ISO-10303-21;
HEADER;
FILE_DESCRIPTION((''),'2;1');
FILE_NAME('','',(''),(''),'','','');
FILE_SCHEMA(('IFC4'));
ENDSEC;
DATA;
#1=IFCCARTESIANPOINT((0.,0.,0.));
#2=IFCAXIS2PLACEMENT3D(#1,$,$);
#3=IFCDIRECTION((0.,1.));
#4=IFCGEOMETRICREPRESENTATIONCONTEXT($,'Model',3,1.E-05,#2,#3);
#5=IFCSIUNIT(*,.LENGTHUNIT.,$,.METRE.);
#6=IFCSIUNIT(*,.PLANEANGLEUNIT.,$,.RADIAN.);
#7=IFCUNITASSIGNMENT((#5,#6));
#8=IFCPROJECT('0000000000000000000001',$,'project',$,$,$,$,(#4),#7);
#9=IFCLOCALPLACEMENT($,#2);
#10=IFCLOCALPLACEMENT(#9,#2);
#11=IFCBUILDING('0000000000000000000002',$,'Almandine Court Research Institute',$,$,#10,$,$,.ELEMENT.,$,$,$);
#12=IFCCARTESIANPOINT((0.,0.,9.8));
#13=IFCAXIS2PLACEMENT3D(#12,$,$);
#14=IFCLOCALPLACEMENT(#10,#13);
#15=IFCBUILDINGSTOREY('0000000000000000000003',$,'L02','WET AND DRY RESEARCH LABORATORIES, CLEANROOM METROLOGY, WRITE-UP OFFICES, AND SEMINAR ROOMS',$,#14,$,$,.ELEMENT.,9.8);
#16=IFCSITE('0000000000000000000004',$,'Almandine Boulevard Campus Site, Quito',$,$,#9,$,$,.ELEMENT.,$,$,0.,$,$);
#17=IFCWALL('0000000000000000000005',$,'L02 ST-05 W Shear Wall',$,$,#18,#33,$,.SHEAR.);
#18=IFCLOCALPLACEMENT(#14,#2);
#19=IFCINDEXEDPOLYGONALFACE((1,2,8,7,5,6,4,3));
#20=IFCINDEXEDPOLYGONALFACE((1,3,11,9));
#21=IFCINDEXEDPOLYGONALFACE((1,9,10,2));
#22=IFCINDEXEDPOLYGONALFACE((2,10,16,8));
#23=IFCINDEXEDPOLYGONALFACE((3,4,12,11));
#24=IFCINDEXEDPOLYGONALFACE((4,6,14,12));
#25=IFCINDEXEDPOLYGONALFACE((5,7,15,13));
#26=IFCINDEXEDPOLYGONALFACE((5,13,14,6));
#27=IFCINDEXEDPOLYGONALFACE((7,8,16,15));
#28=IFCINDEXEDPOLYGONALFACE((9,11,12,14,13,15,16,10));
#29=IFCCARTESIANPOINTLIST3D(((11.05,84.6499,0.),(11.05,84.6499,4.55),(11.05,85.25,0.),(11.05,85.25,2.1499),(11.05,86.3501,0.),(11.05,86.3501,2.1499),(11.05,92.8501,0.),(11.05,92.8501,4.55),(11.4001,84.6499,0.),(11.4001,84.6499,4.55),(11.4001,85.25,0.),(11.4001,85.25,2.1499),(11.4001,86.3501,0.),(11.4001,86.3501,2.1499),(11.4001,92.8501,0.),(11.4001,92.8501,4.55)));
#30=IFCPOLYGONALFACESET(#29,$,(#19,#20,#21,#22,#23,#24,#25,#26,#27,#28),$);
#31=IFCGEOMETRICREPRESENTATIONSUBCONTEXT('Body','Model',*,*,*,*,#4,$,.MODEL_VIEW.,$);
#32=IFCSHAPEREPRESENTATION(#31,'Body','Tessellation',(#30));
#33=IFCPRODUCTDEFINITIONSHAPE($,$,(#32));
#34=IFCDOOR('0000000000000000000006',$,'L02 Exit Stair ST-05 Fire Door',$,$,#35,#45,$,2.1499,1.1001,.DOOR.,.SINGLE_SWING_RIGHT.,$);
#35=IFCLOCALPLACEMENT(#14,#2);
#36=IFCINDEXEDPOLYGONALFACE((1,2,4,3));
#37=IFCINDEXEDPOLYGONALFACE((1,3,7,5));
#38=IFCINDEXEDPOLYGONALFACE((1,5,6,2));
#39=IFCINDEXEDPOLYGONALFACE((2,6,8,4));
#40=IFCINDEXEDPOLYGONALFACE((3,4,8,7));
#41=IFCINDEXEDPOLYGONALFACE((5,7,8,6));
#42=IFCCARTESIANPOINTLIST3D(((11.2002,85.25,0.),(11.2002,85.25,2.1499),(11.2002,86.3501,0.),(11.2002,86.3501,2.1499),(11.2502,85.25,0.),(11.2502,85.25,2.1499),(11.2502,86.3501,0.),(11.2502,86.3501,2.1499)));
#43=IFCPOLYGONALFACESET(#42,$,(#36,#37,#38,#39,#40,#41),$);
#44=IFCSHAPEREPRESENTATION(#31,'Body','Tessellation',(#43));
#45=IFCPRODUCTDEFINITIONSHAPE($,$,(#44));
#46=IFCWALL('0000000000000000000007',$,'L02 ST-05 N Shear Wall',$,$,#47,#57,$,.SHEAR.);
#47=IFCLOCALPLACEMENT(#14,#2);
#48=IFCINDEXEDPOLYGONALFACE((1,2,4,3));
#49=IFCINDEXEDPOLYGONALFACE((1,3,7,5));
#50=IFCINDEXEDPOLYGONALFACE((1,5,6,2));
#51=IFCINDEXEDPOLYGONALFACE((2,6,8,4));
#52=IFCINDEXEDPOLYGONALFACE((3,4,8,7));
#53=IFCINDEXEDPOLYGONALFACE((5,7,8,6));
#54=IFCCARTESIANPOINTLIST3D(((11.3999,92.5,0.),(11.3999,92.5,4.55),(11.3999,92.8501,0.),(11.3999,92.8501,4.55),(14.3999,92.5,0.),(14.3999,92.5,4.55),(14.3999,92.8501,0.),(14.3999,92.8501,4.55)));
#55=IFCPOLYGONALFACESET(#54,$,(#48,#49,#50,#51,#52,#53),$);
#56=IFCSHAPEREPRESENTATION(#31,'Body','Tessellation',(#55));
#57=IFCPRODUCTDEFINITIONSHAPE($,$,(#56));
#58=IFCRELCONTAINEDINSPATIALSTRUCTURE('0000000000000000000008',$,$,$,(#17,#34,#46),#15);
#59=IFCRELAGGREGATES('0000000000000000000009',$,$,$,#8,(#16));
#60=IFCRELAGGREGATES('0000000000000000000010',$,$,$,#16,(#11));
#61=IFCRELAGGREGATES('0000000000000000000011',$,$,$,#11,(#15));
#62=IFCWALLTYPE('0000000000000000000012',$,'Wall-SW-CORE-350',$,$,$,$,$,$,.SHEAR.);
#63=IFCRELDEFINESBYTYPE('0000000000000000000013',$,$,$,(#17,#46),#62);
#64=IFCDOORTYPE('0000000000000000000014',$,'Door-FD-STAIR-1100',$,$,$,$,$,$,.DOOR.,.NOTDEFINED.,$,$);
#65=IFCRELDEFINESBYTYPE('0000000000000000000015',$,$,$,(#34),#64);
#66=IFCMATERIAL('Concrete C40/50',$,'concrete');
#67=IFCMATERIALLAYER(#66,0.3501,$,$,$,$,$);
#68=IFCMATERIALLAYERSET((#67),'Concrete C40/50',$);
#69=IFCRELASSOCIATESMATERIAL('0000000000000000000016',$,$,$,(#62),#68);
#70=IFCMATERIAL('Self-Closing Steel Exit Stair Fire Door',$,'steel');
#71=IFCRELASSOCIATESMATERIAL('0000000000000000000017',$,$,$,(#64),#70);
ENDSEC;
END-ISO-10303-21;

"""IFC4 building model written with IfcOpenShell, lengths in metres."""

from ifc_helpers import new_model, si_unit, direction, frame, frame_2d, origin, place, context, subcontext, project, spatial, rectangle, extrude, material, layer, layer_set, type_object, element, fill, save


model = new_model("IFC4")

# Units and contexts
model_context = context("Model", 3, precision=1e-05, world=origin(), true_north=direction((0.0, 1.0)))
body_context = subcontext(model_context, "Body", "Model", "MODEL_VIEW")
ifc_project = project(units=[si_unit("LENGTHUNIT", "METRE"), si_unit("PLANEANGLEUNIT", "RADIAN")], contexts=[model_context])

# Site, building, storey
site_placement = place(None, origin())
site = spatial("IfcSite", under=ifc_project, at=site_placement, Name="Almandine Boulevard Campus Site, Quito", CompositionType="ELEMENT", RefElevation=0.0)
building_placement = place(site_placement, origin())
building = spatial("IfcBuilding", under=site, at=building_placement, Name="Almandine Court Research Institute", CompositionType="ELEMENT")
storey_placement = place(building_placement, frame((0.0, 0.0, 9.8)))
storey = spatial("IfcBuildingStorey", under=building, at=storey_placement, Name="L02", Description="WET AND DRY RESEARCH LABORATORIES, CLEANROOM METROLOGY, WRITE-UP OFFICES, AND SEMINAR ROOMS", CompositionType="ELEMENT", Elevation=9.8)

# Wall, opening, door
ifc_material_1 = material(Name="Concrete C40/50", Category="concrete")
ifc_layer_1 = layer(ifc_material_1, 0.3501)
ifc_layer_set_1 = layer_set([ifc_layer_1], Name="Concrete C40/50")
wall_type_1 = type_object("IfcWallType", Name="Wall-SW-CORE-350", PredefinedType="SHEAR", material=ifc_layer_set_1)
wall_1_placement = place(storey_placement, frame((11.2251, 84.6499, 0.0), z_axis=(0.0, 0.0, 1.0), x_axis=(0.0, 1.0, 0.0)))
wall_1 = element("IfcWall", 1, at=wall_1_placement, inside=storey, type_object=wall_type_1, Name="L02 ST-05 W Shear Wall", PredefinedType="SHEAR", context=body_context, shape_type="SweptSolid", body=[
    extrude(rectangle(XDim=8.2002, YDim=0.3501, at=frame_2d((4.1001, 0.0))), origin(), (0.0, 0.0, 1.0), 4.55),
])
opening_placement = place(wall_1_placement, frame((0.6001, 0.0, 0.0)))
opening = element("IfcOpeningElement", 2, at=opening_placement, cuts=wall_1, PredefinedType="OPENING", context=body_context, shape_type="SweptSolid", body=[
    extrude(rectangle(XDim=1.1001, YDim=2.1499, at=frame_2d((0.55, 1.075))), frame((0.0, 0.1851, 0.0), z_axis=(0.0, -1.0, 0.0), x_axis=(1.0, 0.0, 0.0)), (0.0, 0.0, 1.0), 0.3701),
])
ifc_material_2 = material(Name="Self-Closing Steel Exit Stair Fire Door", Category="steel")
door_type = type_object("IfcDoorType", Name="Door-FD-STAIR-1100", OperationType="NOTDEFINED", PredefinedType="DOOR", material=ifc_material_2)
door_placement = place(opening_placement, origin())
door = element("IfcDoor", 3, at=door_placement, inside=storey, type_object=door_type, Name="L02 Exit Stair ST-05 Fire Door", OperationType="SINGLE_SWING_RIGHT", OverallHeight=2.1499, OverallWidth=1.1001, PredefinedType="DOOR", context=body_context, shape_type="SweptSolid", body=[
    extrude(rectangle(XDim=1.1001, YDim=2.1499, at=frame_2d((0.55, 1.075))), frame((0.0, 0.0249, 0.0), z_axis=(0.0, -1.0, 0.0), x_axis=(1.0, 0.0, 0.0)), (0.0, 0.0, 1.0), 0.05),
])
fill(opening, door)

# Wall
wall_2_placement = place(storey_placement, frame((11.3999, 92.675, 0.0), z_axis=(0.0, 0.0, 1.0), x_axis=(1.0, 0.0, 0.0)))
element("IfcWall", 4, at=wall_2_placement, inside=storey, type_object=wall_type_1, Name="L02 ST-05 N Shear Wall", PredefinedType="SHEAR", context=body_context, shape_type="SweptSolid", body=[
    extrude(rectangle(XDim=3.0, YDim=0.3501, at=frame_2d((1.5, 0.0))), origin(), (0.0, 0.0, 1.0), 4.55),
])

save(model, "model.ifc")
